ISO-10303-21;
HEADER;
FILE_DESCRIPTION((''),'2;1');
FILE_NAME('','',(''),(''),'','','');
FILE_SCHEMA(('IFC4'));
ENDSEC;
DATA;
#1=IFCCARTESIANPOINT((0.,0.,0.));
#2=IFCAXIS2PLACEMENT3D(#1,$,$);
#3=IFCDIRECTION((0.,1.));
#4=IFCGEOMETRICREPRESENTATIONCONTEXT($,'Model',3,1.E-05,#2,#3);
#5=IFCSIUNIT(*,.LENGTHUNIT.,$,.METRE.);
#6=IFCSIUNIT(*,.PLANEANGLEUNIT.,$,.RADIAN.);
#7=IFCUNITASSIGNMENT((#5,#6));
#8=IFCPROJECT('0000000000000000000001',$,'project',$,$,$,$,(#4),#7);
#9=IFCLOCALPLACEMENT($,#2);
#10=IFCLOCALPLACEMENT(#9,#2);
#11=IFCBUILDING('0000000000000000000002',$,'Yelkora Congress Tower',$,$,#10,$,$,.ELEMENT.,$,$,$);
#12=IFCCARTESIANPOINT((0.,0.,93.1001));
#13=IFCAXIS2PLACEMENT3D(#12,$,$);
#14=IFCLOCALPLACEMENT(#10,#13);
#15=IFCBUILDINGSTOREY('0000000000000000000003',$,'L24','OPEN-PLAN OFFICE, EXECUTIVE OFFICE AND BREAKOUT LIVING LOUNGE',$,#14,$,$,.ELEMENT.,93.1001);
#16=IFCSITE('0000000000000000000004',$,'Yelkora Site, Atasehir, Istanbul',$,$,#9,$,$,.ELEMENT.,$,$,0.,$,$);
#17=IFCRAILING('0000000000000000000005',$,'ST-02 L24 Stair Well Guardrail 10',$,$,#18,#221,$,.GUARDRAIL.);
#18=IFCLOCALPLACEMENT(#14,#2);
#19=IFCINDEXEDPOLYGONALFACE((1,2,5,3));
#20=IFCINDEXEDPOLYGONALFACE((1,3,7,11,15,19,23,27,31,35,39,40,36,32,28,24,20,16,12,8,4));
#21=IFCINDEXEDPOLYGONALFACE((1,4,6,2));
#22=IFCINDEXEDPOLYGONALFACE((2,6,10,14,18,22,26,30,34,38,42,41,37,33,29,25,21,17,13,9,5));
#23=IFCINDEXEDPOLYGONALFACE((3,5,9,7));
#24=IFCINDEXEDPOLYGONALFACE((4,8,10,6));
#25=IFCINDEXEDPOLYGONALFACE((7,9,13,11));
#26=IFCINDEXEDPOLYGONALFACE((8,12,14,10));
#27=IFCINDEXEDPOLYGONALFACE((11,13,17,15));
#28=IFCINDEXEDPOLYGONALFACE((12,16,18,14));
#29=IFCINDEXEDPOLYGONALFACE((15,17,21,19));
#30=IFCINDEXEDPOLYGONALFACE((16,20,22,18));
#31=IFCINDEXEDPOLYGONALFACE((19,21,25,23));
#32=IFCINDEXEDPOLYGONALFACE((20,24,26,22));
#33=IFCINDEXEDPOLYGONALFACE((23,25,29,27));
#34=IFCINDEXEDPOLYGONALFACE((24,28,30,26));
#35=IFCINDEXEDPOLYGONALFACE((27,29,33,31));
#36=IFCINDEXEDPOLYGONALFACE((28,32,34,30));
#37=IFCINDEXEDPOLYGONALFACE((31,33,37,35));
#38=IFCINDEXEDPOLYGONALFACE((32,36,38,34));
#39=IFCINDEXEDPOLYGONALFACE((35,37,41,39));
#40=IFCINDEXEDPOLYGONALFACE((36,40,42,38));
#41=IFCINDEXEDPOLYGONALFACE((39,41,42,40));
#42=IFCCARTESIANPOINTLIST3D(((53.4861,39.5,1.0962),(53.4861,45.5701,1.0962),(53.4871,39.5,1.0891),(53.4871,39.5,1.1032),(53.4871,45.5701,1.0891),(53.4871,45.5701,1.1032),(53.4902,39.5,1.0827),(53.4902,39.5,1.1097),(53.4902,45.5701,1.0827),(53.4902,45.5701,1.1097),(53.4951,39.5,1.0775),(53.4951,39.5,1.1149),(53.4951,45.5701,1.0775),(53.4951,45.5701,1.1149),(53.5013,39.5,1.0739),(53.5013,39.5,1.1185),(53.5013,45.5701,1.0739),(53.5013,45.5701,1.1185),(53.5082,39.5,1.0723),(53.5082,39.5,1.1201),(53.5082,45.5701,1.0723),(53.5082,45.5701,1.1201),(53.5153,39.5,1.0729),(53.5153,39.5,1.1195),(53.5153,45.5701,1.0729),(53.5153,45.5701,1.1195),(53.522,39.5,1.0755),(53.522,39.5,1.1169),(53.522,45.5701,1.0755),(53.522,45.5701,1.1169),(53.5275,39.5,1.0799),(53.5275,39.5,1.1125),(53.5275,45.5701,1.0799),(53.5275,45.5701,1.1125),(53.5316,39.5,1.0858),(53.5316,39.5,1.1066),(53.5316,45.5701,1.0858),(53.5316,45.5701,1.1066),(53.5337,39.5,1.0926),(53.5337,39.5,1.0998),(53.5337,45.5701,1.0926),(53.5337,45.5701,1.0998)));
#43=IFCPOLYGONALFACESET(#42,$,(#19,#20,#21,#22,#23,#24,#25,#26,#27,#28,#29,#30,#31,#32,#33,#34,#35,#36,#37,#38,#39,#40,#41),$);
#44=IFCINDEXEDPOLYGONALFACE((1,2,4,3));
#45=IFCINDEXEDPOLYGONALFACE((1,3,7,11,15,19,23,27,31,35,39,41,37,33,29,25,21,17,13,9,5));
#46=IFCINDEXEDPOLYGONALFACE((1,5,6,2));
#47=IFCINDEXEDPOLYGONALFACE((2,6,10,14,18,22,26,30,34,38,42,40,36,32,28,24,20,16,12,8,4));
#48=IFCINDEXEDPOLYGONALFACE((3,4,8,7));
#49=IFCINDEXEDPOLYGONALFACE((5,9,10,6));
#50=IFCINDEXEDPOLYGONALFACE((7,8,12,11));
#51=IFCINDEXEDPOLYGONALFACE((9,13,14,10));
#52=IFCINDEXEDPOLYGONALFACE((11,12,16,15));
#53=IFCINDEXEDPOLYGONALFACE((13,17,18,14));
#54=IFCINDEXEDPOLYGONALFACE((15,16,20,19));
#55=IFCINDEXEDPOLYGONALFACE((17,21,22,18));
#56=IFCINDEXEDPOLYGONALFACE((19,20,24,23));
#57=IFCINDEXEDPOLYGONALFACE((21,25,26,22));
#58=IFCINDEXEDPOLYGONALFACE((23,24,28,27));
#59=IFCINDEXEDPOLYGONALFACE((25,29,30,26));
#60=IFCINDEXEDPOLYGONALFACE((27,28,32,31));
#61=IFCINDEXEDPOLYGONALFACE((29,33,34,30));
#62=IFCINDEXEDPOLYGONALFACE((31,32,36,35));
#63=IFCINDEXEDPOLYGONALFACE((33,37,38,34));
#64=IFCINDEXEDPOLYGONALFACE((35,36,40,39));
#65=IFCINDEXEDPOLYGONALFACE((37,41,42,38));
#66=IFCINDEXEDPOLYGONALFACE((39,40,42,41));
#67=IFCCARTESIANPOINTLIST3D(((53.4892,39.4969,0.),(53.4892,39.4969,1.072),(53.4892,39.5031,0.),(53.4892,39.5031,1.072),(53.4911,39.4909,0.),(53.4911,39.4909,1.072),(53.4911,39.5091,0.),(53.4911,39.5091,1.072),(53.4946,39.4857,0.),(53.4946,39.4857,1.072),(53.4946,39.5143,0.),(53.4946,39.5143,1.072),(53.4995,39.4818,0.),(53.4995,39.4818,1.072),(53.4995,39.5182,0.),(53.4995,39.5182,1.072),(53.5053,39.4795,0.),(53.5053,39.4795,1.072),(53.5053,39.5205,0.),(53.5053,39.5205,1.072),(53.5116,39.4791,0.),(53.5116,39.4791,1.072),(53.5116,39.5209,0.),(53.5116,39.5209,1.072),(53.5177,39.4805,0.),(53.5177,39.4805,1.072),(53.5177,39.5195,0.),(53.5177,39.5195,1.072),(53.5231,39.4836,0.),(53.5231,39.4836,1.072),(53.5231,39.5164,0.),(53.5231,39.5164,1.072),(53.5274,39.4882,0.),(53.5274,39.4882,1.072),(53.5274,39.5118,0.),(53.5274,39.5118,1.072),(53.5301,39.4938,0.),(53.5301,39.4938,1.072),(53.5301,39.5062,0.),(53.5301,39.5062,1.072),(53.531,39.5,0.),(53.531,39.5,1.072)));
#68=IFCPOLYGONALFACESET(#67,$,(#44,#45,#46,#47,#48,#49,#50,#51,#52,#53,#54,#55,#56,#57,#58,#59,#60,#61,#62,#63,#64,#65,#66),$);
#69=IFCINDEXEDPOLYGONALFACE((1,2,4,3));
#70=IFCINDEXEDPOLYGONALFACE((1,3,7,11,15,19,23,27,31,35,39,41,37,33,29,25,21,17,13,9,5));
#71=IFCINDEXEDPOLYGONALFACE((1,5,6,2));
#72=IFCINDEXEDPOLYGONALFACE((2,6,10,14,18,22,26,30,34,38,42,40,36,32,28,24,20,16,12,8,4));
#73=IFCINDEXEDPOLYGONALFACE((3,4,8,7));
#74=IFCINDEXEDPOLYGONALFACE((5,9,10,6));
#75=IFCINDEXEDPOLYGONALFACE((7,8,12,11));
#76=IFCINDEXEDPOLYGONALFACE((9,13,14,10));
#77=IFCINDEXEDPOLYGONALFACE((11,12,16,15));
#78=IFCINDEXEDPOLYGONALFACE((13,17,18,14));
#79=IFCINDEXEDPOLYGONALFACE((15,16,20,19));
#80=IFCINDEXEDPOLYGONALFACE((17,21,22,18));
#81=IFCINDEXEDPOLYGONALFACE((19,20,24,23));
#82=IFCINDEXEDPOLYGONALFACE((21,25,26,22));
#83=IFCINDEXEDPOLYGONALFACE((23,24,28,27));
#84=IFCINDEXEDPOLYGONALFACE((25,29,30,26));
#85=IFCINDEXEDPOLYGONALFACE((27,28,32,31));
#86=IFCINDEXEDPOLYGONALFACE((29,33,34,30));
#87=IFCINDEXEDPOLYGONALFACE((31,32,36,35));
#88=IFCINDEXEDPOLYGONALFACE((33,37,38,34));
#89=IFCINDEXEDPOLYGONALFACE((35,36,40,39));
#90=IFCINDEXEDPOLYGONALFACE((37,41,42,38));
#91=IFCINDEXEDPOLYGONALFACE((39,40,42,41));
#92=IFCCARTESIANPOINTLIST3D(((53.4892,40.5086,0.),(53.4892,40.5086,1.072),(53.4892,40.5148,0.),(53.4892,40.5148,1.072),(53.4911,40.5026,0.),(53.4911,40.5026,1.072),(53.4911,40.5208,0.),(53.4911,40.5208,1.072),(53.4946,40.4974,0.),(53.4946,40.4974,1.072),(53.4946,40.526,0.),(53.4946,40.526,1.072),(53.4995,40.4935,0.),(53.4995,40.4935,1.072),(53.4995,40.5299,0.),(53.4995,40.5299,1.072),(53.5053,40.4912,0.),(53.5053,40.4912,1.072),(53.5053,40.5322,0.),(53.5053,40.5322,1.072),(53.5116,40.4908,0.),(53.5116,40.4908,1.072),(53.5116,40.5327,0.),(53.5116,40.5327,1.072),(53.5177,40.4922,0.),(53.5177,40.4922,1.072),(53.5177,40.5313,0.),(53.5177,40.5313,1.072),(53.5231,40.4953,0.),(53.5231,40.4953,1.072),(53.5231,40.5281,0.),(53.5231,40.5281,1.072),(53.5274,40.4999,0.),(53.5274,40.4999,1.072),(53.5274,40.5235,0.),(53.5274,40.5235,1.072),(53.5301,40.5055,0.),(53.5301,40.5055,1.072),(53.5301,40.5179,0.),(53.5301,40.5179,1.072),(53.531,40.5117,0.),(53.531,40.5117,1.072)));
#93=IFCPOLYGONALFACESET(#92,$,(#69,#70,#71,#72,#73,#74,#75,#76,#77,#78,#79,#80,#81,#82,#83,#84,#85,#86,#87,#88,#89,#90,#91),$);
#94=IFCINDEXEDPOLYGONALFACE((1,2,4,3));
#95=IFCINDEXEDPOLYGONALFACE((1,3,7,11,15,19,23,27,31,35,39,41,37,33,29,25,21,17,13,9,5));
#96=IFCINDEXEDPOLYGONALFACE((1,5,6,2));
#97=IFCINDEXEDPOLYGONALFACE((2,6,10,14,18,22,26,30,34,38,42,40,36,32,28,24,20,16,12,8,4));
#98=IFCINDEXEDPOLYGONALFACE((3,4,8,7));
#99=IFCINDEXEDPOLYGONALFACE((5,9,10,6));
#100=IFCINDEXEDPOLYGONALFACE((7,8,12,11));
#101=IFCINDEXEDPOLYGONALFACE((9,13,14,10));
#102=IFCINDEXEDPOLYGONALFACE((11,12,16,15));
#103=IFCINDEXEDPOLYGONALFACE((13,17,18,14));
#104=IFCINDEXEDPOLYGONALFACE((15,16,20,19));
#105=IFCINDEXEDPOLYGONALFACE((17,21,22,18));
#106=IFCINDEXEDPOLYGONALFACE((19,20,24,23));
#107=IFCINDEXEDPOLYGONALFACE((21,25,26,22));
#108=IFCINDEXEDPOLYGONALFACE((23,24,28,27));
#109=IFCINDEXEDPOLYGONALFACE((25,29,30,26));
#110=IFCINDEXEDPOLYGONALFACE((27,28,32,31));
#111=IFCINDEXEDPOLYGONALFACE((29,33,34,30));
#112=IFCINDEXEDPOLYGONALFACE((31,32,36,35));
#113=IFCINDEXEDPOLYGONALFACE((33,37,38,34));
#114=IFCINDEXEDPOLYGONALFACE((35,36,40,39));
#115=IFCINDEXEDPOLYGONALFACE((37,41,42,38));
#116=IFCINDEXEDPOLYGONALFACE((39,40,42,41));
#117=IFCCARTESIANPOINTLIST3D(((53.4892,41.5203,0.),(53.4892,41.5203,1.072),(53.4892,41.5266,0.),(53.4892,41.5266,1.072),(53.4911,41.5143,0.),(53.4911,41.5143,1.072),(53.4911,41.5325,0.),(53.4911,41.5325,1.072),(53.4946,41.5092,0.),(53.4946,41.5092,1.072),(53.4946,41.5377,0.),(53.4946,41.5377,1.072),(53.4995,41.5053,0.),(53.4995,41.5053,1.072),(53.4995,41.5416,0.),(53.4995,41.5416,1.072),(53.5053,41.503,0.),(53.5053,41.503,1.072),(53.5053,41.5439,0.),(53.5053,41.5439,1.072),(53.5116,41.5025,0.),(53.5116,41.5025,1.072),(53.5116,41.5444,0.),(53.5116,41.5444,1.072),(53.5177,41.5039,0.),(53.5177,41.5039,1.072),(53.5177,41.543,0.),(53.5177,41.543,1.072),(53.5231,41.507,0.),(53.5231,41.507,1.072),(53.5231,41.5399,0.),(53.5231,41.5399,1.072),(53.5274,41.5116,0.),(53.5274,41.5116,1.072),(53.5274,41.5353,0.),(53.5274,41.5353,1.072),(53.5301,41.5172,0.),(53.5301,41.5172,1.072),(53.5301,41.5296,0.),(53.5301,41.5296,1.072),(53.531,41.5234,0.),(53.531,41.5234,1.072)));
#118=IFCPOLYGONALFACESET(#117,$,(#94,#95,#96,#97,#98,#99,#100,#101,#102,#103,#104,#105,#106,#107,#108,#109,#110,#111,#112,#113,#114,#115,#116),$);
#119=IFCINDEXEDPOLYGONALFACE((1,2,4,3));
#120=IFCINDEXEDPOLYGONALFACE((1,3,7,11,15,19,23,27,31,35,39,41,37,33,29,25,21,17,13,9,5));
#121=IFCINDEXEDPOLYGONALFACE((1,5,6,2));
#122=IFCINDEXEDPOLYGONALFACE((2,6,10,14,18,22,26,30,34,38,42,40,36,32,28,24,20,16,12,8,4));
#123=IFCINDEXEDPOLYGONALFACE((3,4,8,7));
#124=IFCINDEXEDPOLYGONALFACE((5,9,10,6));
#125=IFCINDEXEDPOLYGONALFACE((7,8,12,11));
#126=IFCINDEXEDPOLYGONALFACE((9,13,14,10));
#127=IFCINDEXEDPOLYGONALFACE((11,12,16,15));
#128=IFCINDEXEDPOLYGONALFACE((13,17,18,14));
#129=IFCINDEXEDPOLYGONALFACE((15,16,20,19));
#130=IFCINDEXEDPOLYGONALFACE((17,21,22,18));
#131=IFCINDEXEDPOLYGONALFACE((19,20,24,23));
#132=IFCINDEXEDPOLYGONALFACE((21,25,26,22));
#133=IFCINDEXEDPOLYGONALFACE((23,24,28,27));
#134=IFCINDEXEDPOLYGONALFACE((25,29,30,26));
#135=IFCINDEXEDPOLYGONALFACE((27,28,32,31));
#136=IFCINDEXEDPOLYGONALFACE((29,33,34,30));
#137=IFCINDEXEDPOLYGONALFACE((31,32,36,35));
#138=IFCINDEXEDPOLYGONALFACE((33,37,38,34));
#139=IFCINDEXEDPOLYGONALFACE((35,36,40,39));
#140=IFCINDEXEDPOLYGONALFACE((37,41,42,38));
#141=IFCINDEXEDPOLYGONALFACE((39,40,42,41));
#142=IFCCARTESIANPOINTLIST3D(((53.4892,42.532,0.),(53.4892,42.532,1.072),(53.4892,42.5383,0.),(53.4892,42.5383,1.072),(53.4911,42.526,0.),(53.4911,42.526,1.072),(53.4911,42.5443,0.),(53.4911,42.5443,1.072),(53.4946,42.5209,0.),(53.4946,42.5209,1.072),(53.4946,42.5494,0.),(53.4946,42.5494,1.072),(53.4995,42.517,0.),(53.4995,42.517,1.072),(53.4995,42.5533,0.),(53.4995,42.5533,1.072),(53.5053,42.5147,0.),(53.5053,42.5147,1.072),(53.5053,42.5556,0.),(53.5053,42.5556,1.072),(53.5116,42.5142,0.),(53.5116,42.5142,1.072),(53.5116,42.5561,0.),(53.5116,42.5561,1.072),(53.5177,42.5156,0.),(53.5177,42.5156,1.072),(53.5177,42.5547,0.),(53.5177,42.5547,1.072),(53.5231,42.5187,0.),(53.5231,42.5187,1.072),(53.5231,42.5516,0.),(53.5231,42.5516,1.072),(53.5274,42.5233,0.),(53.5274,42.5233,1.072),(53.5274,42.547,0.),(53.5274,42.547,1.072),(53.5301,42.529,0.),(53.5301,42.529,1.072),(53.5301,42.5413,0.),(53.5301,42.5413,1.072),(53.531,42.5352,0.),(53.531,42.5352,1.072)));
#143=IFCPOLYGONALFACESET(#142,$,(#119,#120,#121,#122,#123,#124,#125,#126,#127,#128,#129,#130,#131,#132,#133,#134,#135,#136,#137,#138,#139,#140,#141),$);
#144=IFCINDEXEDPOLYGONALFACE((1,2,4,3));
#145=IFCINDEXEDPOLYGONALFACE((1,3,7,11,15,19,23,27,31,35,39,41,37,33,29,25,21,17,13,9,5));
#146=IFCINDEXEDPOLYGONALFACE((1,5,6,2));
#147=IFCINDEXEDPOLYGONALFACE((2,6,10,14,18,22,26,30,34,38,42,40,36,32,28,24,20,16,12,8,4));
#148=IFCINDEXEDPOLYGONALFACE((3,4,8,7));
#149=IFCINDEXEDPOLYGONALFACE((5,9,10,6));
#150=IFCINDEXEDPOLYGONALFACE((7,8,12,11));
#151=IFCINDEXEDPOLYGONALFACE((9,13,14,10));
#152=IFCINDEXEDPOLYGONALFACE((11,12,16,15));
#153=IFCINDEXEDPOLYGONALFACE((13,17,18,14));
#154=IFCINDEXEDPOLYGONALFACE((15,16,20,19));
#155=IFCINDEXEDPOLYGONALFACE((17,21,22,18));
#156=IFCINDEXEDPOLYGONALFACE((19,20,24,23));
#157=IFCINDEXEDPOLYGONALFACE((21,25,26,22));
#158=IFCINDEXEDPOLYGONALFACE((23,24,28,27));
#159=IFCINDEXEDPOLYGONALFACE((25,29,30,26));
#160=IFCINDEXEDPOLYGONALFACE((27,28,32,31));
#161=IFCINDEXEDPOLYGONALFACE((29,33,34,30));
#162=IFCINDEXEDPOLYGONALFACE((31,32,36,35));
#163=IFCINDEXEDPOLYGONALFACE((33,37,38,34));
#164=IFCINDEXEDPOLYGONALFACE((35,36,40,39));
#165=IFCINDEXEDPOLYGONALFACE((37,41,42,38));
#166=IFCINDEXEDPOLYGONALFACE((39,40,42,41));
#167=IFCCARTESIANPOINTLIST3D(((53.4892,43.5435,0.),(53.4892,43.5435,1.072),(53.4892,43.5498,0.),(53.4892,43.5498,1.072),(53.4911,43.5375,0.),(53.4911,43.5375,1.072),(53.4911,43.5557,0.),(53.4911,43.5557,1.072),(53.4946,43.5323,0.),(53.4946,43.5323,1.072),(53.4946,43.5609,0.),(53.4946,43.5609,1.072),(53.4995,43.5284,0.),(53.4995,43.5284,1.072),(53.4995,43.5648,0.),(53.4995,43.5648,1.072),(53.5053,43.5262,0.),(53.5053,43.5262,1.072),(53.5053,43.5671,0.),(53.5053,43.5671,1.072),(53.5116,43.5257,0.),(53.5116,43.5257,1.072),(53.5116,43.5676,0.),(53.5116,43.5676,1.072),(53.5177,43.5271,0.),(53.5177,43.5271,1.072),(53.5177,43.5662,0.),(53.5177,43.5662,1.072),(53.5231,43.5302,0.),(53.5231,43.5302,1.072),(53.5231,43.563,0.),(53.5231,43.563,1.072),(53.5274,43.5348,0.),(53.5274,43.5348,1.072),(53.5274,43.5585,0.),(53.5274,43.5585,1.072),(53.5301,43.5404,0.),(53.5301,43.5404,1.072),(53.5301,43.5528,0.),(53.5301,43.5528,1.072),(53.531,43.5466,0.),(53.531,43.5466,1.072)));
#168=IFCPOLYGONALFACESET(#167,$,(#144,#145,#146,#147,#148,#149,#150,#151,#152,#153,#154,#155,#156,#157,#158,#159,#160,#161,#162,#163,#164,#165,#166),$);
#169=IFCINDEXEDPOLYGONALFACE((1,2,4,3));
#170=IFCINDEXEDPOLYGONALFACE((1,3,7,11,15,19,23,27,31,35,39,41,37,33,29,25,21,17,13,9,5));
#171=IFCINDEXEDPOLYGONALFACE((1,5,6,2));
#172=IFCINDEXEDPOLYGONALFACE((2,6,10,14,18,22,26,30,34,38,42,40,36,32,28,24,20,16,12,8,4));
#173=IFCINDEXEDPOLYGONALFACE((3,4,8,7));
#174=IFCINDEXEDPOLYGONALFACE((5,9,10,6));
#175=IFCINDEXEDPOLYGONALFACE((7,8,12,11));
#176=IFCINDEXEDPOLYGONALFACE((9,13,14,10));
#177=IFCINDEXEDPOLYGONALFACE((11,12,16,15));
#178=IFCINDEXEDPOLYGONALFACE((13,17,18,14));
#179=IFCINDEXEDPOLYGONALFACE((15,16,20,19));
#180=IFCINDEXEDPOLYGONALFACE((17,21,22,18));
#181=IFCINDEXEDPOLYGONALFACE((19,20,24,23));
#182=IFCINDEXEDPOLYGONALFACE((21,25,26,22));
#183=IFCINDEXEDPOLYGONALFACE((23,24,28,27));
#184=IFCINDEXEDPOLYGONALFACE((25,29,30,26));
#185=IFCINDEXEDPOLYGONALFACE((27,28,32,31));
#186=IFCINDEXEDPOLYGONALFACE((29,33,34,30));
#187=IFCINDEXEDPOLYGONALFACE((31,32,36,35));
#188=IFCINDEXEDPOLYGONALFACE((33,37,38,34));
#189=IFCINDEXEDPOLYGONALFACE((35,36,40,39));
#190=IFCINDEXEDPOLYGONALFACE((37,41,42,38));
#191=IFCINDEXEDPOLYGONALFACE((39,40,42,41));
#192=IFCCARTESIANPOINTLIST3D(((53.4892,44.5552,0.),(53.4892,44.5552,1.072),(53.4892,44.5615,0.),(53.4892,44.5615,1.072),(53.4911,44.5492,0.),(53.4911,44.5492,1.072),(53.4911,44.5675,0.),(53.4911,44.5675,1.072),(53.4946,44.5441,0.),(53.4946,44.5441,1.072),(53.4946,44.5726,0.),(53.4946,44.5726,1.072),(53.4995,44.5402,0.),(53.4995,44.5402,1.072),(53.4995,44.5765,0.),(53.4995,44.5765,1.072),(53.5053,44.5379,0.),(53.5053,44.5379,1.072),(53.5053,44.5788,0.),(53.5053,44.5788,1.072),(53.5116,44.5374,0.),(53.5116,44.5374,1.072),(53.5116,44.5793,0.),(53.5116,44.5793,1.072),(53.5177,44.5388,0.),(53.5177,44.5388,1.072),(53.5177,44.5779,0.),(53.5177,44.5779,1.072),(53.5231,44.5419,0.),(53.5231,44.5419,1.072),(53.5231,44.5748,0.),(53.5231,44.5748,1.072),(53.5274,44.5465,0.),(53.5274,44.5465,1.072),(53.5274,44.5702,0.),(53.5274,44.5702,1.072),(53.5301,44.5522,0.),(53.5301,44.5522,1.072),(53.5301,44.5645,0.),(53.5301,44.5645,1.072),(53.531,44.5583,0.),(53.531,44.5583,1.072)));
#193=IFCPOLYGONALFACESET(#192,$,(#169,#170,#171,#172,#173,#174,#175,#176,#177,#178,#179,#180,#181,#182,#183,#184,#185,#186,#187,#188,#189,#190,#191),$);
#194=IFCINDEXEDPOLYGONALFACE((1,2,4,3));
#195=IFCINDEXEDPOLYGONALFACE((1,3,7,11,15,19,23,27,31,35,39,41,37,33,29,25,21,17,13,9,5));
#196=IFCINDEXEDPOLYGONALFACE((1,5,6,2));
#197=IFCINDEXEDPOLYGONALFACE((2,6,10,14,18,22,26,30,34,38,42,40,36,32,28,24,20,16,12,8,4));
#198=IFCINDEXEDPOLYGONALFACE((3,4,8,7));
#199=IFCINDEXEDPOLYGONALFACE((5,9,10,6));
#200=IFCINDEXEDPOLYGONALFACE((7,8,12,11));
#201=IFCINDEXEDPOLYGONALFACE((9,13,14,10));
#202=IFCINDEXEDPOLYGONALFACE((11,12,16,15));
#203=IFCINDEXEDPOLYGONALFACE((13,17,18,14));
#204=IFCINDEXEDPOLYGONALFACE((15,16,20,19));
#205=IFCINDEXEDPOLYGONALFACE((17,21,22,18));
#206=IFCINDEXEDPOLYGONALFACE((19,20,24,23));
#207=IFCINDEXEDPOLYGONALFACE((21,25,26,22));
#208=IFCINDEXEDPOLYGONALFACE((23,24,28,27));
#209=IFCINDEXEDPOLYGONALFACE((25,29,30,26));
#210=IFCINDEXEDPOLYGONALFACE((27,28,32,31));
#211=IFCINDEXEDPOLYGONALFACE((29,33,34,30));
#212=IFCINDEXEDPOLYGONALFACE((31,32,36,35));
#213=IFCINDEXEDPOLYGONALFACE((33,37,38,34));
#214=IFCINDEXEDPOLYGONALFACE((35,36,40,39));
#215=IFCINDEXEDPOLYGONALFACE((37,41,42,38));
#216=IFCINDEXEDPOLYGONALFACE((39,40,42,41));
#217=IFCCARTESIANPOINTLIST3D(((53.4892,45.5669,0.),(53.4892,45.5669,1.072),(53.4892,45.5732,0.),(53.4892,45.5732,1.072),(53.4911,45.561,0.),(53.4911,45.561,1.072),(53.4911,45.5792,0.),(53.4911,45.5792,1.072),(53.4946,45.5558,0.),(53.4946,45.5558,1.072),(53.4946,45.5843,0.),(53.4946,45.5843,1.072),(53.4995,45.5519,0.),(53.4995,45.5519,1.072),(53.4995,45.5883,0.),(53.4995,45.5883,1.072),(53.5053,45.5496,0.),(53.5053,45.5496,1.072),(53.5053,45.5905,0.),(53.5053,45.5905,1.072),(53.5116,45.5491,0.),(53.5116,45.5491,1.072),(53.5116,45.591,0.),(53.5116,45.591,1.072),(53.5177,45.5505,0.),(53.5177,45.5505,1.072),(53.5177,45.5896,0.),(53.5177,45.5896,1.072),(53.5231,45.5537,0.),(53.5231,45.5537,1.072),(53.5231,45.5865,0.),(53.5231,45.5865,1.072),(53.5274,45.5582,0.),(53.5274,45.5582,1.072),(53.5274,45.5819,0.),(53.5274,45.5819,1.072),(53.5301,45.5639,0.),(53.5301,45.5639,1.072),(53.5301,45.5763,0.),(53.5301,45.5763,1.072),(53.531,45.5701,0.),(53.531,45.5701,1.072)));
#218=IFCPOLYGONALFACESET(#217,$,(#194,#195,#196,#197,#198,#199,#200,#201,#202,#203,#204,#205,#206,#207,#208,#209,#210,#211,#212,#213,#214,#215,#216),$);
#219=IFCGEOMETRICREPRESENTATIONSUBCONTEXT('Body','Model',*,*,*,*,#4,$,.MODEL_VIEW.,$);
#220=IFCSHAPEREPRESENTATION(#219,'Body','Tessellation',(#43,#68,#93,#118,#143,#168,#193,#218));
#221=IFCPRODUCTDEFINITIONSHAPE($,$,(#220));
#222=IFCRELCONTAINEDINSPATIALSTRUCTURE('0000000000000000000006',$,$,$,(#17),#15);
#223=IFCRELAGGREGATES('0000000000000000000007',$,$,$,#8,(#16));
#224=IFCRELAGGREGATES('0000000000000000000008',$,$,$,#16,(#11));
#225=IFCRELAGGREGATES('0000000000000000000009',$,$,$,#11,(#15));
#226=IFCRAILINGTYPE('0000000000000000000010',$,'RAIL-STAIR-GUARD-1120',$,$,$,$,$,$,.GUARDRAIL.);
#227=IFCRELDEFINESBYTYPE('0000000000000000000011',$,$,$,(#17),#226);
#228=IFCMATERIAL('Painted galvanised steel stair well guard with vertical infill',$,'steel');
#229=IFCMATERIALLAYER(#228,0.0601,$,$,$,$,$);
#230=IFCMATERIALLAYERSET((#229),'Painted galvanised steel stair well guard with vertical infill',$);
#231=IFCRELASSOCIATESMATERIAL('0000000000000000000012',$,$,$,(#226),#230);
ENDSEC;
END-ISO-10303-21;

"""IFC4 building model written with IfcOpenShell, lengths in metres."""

from ifc_helpers import new_model, si_unit, direction, frame, origin, origin_2d, place, context, subcontext, project, spatial, circle, extrude, material, layer, layer_set, type_object, element, save


model = new_model("IFC4")

# Units and contexts
model_context = context("Model", 3, precision=1e-05, world=origin(), true_north=direction((0.0, 1.0)))
body_context = subcontext(model_context, "Body", "Model", "MODEL_VIEW")
ifc_project = project(units=[si_unit("LENGTHUNIT", "METRE"), si_unit("PLANEANGLEUNIT", "RADIAN")], contexts=[model_context])

# Site, building, storey
site_placement = place(None, origin())
site = spatial("IfcSite", under=ifc_project, at=site_placement, Name="Yelkora Site, Atasehir, Istanbul", CompositionType="ELEMENT", RefElevation=0.0)
building_placement = place(site_placement, origin())
building = spatial("IfcBuilding", under=site, at=building_placement, Name="Yelkora Congress Tower", CompositionType="ELEMENT")
storey_placement = place(building_placement, frame((0.0, 0.0, 93.1001)))
storey = spatial("IfcBuildingStorey", under=building, at=storey_placement, Name="L24", Description="OPEN-PLAN OFFICE, EXECUTIVE OFFICE AND BREAKOUT LIVING LOUNGE", CompositionType="ELEMENT", Elevation=93.1001)

# Railing
ifc_material_1 = material(Name="Painted galvanised steel stair well guard with vertical infill", Category="steel")
ifc_layer_1 = layer(ifc_material_1, 0.0601)
ifc_layer_set_1 = layer_set([ifc_layer_1], Name="Painted galvanised steel stair well guard with vertical infill")
railing_type = type_object("IfcRailingType", Name="RAIL-STAIR-GUARD-1120", PredefinedType="GUARDRAIL", material=ifc_layer_set_1)
railing_1_placement = place(storey_placement, frame((53.51, 39.5, 0.0)))
element("IfcRailing", 1, at=railing_1_placement, inside=storey, type_object=railing_type, Name="ST-02 L24 Stair Well Guardrail 10", PredefinedType="GUARDRAIL", context=body_context, shape_type="SweptSolid", body=[
    extrude(circle(Radius=0.0239, at=origin_2d()), frame((0.0, 0.0, 1.0962), z_axis=(0.0, 1.0, 0.0), x_axis=(-1.0, 0.0, 0.0)), (0.0, 0.0, 1.0), 6.0701),
    extrude(circle(Radius=0.021, at=origin_2d()), origin(), (0.0, 0.0, 1.0), 1.072),
    extrude(circle(Radius=0.021, at=origin_2d()), frame((0.0, 1.0117, 0.0)), (0.0, 0.0, 1.0), 1.072),
    extrude(circle(Radius=0.021, at=origin_2d()), frame((0.0, 2.0234, 0.0)), (0.0, 0.0, 1.0), 1.072),
    extrude(circle(Radius=0.021, at=origin_2d()), frame((0.0, 3.0352, 0.0)), (0.0, 0.0, 1.0), 1.072),
    extrude(circle(Radius=0.021, at=origin_2d()), frame((0.0, 4.0466, 0.0)), (0.0, 0.0, 1.0), 1.072),
    extrude(circle(Radius=0.021, at=origin_2d()), frame((0.0, 5.0583, 0.0)), (0.0, 0.0, 1.0), 1.072),
    extrude(circle(Radius=0.021, at=origin_2d()), frame((0.0, 6.0701, 0.0)), (0.0, 0.0, 1.0), 1.072),
])

save(model, "model.ifc")
